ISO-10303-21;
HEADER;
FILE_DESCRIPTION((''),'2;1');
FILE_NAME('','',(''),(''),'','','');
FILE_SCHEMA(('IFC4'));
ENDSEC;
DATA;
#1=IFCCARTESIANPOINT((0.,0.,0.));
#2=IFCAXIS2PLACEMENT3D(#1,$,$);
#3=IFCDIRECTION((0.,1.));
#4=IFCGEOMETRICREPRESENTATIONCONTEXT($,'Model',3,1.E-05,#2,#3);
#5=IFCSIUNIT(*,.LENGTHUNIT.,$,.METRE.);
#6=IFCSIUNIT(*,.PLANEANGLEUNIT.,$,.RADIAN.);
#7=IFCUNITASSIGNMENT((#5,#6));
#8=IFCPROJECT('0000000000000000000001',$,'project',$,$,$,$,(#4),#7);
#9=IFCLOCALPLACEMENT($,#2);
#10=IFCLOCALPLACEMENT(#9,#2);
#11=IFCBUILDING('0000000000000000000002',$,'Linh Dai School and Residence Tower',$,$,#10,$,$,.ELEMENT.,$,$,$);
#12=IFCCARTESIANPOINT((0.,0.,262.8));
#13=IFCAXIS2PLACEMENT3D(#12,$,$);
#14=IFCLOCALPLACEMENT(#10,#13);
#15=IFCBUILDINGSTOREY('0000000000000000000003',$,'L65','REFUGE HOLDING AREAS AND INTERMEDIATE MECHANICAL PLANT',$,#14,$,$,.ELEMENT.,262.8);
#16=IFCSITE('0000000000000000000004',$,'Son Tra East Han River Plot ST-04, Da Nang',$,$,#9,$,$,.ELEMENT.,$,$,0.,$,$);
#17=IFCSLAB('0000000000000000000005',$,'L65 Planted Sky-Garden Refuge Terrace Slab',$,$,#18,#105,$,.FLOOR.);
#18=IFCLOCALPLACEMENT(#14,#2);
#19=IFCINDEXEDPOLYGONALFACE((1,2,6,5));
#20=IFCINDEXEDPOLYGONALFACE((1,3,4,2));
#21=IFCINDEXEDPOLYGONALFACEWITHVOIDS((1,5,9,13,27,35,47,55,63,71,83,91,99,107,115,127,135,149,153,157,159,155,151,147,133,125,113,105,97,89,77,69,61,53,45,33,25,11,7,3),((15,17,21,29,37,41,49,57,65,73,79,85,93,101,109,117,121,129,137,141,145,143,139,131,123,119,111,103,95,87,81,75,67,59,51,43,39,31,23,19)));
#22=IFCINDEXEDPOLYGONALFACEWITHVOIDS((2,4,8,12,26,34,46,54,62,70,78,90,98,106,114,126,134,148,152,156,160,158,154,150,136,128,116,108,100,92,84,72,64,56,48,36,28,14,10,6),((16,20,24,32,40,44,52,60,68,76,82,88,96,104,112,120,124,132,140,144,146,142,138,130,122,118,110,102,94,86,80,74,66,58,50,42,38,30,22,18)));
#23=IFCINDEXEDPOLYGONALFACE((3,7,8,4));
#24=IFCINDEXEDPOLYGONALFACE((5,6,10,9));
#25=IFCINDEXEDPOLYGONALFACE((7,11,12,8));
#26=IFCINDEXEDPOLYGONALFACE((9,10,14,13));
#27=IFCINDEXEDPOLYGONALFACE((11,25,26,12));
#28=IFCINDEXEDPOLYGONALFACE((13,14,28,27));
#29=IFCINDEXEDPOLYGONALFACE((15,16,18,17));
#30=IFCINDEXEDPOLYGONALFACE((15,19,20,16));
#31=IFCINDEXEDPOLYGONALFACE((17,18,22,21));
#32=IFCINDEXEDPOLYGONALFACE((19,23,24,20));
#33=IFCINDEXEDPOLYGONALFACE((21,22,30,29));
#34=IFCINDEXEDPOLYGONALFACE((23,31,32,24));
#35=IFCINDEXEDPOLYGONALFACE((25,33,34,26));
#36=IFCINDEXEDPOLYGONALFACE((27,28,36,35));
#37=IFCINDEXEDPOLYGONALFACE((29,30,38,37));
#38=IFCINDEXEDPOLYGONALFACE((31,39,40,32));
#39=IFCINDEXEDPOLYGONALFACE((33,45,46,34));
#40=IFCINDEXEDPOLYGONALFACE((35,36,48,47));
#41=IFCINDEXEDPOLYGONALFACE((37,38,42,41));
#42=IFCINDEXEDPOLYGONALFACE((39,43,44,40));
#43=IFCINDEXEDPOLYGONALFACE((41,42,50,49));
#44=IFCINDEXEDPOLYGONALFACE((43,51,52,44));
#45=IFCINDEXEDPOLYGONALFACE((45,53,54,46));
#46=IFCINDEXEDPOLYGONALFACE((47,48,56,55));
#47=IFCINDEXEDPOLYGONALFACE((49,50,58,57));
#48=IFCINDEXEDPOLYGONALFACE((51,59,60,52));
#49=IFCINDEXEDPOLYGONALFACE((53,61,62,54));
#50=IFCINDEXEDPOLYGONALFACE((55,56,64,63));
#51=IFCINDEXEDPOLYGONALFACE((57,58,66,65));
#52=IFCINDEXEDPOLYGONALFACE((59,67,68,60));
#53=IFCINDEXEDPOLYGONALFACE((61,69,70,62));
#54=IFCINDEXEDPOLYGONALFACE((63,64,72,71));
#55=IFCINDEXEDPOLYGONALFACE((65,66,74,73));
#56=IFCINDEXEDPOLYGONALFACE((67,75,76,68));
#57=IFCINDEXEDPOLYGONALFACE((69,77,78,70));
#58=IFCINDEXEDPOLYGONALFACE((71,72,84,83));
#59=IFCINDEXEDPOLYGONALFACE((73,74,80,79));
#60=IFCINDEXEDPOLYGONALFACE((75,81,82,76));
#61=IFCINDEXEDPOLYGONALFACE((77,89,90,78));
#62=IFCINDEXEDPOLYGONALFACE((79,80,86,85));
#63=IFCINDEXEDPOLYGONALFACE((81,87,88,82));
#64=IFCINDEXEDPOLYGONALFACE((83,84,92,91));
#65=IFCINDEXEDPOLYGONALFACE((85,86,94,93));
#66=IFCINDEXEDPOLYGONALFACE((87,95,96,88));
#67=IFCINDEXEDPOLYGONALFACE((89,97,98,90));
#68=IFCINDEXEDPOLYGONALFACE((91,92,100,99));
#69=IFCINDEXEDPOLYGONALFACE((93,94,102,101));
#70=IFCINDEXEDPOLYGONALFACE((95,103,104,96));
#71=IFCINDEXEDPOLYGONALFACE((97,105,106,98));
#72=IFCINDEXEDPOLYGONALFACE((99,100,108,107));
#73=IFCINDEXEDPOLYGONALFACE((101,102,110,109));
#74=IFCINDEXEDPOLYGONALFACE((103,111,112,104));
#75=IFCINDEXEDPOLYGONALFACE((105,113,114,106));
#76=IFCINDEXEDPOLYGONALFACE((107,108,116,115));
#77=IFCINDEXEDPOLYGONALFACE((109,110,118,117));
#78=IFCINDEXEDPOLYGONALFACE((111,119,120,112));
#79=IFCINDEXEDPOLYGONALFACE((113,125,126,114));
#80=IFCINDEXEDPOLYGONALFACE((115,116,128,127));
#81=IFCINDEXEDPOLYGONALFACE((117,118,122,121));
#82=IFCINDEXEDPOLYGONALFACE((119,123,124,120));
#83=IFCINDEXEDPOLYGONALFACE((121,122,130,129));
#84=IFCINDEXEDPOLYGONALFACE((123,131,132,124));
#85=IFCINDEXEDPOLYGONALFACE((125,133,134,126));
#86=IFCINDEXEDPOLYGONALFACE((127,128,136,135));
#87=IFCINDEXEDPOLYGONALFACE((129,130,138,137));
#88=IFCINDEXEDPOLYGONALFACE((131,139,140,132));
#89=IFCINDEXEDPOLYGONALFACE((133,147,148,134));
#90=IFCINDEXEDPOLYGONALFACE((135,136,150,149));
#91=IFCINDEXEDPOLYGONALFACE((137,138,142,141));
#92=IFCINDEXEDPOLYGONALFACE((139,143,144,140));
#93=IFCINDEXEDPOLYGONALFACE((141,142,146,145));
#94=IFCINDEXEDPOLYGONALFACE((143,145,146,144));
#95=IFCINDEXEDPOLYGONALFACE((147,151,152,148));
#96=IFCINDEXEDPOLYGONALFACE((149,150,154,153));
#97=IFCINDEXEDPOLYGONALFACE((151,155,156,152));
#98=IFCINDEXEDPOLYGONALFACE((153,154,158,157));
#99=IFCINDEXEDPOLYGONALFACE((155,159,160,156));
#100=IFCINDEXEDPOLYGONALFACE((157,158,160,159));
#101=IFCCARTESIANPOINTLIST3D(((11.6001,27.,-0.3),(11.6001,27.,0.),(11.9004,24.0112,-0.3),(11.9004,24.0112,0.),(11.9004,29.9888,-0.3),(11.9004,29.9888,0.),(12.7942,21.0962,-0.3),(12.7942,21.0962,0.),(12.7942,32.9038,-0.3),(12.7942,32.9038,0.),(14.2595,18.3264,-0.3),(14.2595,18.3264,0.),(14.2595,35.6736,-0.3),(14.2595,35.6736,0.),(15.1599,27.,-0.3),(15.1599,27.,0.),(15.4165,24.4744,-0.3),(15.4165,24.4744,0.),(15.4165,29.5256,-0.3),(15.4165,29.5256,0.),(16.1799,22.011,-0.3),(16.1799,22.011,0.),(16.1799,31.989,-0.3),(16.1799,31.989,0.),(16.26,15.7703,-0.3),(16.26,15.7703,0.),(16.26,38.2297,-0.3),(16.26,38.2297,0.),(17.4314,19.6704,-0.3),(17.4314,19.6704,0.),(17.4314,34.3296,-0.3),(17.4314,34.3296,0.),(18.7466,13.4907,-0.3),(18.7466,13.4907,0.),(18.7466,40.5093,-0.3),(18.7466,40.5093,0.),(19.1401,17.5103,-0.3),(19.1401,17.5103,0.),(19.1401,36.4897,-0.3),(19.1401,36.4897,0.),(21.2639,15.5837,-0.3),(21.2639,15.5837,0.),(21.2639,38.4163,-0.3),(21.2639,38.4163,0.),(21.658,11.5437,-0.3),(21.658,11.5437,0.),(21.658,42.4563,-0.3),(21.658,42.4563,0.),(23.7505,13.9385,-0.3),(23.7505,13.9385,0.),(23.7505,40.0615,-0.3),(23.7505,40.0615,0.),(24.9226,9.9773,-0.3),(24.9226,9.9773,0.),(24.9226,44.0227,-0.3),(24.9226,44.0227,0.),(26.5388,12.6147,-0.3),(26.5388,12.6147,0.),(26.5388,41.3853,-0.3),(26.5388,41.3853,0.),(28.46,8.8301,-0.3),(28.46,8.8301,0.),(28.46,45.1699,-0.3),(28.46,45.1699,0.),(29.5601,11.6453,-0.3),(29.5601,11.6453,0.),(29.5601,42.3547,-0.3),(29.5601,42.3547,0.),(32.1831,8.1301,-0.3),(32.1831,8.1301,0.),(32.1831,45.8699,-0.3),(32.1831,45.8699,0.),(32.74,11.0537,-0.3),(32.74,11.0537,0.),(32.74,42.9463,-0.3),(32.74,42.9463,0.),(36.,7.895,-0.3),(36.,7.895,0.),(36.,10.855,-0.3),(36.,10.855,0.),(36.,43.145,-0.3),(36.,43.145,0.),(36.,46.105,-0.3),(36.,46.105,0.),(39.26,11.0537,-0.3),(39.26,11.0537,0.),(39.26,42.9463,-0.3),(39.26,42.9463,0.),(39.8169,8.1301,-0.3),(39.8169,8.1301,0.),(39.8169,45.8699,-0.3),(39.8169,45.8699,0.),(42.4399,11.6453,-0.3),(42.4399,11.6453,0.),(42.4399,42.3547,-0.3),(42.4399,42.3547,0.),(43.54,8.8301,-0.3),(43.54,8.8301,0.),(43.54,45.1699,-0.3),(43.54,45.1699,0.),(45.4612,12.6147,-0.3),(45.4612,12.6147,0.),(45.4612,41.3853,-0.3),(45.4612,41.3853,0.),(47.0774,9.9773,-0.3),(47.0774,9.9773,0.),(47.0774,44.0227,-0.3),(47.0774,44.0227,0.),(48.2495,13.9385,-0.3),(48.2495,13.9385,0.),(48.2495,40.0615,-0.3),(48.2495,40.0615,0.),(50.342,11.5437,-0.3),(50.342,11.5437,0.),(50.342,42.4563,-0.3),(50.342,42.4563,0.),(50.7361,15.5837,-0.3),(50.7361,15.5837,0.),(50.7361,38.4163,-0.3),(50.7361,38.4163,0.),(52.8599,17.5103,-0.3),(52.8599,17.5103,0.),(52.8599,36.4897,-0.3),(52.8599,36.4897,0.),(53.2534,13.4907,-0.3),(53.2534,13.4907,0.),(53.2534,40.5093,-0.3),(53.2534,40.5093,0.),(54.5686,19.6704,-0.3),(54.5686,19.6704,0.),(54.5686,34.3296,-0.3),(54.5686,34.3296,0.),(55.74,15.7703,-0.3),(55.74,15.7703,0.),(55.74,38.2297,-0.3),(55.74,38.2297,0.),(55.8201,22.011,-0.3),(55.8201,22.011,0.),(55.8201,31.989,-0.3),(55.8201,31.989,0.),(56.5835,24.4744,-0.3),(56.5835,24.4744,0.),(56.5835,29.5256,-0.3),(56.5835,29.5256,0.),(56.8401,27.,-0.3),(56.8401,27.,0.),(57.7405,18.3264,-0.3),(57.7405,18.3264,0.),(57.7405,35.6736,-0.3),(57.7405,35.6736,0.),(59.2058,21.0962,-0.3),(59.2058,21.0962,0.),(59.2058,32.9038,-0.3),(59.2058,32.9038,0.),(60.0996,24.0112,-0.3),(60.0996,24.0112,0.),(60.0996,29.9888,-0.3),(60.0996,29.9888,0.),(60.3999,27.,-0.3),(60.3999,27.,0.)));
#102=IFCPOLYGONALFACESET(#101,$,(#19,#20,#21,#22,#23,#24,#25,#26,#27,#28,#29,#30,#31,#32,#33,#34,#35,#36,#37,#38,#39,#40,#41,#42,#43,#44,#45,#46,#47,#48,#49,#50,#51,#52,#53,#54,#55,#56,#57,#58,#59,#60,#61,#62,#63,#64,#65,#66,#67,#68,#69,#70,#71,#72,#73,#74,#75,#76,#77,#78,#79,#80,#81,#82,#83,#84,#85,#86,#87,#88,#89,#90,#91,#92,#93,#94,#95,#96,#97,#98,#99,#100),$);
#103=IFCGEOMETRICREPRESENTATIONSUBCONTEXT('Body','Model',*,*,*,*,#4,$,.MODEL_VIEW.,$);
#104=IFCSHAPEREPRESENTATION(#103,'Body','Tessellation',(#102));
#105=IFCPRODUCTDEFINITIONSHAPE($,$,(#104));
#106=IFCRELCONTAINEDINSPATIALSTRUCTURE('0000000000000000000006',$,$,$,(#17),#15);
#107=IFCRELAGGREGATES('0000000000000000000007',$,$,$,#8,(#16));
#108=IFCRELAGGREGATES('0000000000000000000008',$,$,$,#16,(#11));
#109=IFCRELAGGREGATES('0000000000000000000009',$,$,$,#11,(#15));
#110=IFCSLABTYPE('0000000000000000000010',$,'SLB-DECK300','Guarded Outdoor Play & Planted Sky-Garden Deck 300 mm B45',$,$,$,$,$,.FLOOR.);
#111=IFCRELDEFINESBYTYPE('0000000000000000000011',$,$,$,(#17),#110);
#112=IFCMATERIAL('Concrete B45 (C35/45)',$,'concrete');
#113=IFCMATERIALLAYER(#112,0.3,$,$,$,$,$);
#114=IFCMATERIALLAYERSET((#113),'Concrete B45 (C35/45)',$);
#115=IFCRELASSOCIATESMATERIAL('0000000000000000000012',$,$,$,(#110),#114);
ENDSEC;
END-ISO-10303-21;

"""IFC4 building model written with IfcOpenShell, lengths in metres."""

from ifc_helpers import new_model, si_unit, direction, frame, origin, place, context, subcontext, project, spatial, polyline, outline, extrude, material, layer, layer_set, type_object, element, save


model = new_model("IFC4")

# Units and contexts
model_context = context("Model", 3, precision=1e-05, world=origin(), true_north=direction((0.0, 1.0)))
body_context = subcontext(model_context, "Body", "Model", "MODEL_VIEW")
ifc_project = project(units=[si_unit("LENGTHUNIT", "METRE"), si_unit("PLANEANGLEUNIT", "RADIAN")], contexts=[model_context])

# Site, building, storey
site_placement = place(None, origin())
site = spatial("IfcSite", under=ifc_project, at=site_placement, Name="Son Tra East Han River Plot ST-04, Da Nang", CompositionType="ELEMENT", RefElevation=0.0)
building_placement = place(site_placement, origin())
building = spatial("IfcBuilding", under=site, at=building_placement, Name="Linh Dai School and Residence Tower", CompositionType="ELEMENT")
storey_placement = place(building_placement, frame((0.0, 0.0, 262.8)))
storey = spatial("IfcBuildingStorey", under=building, at=storey_placement, Name="L65", Description="REFUGE HOLDING AREAS AND INTERMEDIATE MECHANICAL PLANT", CompositionType="ELEMENT", Elevation=262.8)

# Slab
ifc_material_1 = material(Name="Concrete B45 (C35/45)", Category="concrete")
ifc_layer_1 = layer(ifc_material_1, 0.3)
ifc_layer_set_1 = layer_set([ifc_layer_1], Name="Concrete B45 (C35/45)")
slab_type_1 = type_object("IfcSlabType", Name="SLB-DECK300", Description="Guarded Outdoor Play & Planted Sky-Garden Deck 300 mm B45", PredefinedType="FLOOR", material=ifc_layer_set_1)
slab_1_placement = place(storey_placement, frame((0.0, 0.0, -0.3)))
element("IfcSlab", 1, at=slab_1_placement, inside=storey, type_object=slab_type_1, Name="L65 Planted Sky-Garden Refuge Terrace Slab", PredefinedType="FLOOR", context=body_context, shape_type="SweptSolid", body=[
    extrude(outline(polyline([(60.3999, 27.0), (60.0996, 29.9888), (59.2058, 32.9038), (57.7405, 35.6736), (55.74, 38.2297), (53.2534, 40.5093), (50.342, 42.4563), (47.0774, 44.0227), (43.54, 45.1699), (39.8169, 45.8699), (36.0, 46.105), (32.1831, 45.8699), (28.46, 45.1699), (24.9226, 44.0227), (21.658, 42.4563), (18.7466, 40.5093), (16.26, 38.2297), (14.2595, 35.6736), (12.7942, 32.9038), (11.9004, 29.9888), (11.6001, 27.0), (11.9004, 24.0112), (12.7942, 21.0962), (14.2595, 18.3264), (16.26, 15.7703), (18.7466, 13.4907), (21.658, 11.5437), (24.9226, 9.9773), (28.46, 8.8301), (32.1831, 8.1301), (36.0, 7.895), (39.8169, 8.1301), (43.54, 8.8301), (47.0774, 9.9773), (50.342, 11.5437), (53.2534, 13.4907), (55.74, 15.7703), (57.7405, 18.3264), (59.2058, 21.0962), (60.0996, 24.0112), (60.3999, 27.0)]), holes=[polyline([(56.8401, 27.0), (56.5835, 29.5256), (55.8201, 31.989), (54.5686, 34.3296), (52.8599, 36.4897), (50.7361, 38.4163), (48.2495, 40.0615), (45.4612, 41.3853), (42.4399, 42.3547), (39.26, 42.9463), (36.0, 43.145), (32.74, 42.9463), (29.5601, 42.3547), (26.5388, 41.3853), (23.7505, 40.0615), (21.2639, 38.4163), (19.1401, 36.4897), (17.4314, 34.3296), (16.1799, 31.989), (15.4165, 29.5256), (15.1599, 27.0), (15.4165, 24.4744), (16.1799, 22.011), (17.4314, 19.6704), (19.1401, 17.5103), (21.2639, 15.5837), (23.7505, 13.9385), (26.5388, 12.6147), (29.5601, 11.6453), (32.74, 11.0537), (36.0, 10.855), (39.26, 11.0537), (42.4399, 11.6453), (45.4612, 12.6147), (48.2495, 13.9385), (50.7361, 15.5837), (52.8599, 17.5103), (54.5686, 19.6704), (55.8201, 22.011), (56.5835, 24.4744), (56.8401, 27.0)])]), origin(), (0.0, 0.0, 1.0), 0.3),
])

save(model, "model.ifc")
